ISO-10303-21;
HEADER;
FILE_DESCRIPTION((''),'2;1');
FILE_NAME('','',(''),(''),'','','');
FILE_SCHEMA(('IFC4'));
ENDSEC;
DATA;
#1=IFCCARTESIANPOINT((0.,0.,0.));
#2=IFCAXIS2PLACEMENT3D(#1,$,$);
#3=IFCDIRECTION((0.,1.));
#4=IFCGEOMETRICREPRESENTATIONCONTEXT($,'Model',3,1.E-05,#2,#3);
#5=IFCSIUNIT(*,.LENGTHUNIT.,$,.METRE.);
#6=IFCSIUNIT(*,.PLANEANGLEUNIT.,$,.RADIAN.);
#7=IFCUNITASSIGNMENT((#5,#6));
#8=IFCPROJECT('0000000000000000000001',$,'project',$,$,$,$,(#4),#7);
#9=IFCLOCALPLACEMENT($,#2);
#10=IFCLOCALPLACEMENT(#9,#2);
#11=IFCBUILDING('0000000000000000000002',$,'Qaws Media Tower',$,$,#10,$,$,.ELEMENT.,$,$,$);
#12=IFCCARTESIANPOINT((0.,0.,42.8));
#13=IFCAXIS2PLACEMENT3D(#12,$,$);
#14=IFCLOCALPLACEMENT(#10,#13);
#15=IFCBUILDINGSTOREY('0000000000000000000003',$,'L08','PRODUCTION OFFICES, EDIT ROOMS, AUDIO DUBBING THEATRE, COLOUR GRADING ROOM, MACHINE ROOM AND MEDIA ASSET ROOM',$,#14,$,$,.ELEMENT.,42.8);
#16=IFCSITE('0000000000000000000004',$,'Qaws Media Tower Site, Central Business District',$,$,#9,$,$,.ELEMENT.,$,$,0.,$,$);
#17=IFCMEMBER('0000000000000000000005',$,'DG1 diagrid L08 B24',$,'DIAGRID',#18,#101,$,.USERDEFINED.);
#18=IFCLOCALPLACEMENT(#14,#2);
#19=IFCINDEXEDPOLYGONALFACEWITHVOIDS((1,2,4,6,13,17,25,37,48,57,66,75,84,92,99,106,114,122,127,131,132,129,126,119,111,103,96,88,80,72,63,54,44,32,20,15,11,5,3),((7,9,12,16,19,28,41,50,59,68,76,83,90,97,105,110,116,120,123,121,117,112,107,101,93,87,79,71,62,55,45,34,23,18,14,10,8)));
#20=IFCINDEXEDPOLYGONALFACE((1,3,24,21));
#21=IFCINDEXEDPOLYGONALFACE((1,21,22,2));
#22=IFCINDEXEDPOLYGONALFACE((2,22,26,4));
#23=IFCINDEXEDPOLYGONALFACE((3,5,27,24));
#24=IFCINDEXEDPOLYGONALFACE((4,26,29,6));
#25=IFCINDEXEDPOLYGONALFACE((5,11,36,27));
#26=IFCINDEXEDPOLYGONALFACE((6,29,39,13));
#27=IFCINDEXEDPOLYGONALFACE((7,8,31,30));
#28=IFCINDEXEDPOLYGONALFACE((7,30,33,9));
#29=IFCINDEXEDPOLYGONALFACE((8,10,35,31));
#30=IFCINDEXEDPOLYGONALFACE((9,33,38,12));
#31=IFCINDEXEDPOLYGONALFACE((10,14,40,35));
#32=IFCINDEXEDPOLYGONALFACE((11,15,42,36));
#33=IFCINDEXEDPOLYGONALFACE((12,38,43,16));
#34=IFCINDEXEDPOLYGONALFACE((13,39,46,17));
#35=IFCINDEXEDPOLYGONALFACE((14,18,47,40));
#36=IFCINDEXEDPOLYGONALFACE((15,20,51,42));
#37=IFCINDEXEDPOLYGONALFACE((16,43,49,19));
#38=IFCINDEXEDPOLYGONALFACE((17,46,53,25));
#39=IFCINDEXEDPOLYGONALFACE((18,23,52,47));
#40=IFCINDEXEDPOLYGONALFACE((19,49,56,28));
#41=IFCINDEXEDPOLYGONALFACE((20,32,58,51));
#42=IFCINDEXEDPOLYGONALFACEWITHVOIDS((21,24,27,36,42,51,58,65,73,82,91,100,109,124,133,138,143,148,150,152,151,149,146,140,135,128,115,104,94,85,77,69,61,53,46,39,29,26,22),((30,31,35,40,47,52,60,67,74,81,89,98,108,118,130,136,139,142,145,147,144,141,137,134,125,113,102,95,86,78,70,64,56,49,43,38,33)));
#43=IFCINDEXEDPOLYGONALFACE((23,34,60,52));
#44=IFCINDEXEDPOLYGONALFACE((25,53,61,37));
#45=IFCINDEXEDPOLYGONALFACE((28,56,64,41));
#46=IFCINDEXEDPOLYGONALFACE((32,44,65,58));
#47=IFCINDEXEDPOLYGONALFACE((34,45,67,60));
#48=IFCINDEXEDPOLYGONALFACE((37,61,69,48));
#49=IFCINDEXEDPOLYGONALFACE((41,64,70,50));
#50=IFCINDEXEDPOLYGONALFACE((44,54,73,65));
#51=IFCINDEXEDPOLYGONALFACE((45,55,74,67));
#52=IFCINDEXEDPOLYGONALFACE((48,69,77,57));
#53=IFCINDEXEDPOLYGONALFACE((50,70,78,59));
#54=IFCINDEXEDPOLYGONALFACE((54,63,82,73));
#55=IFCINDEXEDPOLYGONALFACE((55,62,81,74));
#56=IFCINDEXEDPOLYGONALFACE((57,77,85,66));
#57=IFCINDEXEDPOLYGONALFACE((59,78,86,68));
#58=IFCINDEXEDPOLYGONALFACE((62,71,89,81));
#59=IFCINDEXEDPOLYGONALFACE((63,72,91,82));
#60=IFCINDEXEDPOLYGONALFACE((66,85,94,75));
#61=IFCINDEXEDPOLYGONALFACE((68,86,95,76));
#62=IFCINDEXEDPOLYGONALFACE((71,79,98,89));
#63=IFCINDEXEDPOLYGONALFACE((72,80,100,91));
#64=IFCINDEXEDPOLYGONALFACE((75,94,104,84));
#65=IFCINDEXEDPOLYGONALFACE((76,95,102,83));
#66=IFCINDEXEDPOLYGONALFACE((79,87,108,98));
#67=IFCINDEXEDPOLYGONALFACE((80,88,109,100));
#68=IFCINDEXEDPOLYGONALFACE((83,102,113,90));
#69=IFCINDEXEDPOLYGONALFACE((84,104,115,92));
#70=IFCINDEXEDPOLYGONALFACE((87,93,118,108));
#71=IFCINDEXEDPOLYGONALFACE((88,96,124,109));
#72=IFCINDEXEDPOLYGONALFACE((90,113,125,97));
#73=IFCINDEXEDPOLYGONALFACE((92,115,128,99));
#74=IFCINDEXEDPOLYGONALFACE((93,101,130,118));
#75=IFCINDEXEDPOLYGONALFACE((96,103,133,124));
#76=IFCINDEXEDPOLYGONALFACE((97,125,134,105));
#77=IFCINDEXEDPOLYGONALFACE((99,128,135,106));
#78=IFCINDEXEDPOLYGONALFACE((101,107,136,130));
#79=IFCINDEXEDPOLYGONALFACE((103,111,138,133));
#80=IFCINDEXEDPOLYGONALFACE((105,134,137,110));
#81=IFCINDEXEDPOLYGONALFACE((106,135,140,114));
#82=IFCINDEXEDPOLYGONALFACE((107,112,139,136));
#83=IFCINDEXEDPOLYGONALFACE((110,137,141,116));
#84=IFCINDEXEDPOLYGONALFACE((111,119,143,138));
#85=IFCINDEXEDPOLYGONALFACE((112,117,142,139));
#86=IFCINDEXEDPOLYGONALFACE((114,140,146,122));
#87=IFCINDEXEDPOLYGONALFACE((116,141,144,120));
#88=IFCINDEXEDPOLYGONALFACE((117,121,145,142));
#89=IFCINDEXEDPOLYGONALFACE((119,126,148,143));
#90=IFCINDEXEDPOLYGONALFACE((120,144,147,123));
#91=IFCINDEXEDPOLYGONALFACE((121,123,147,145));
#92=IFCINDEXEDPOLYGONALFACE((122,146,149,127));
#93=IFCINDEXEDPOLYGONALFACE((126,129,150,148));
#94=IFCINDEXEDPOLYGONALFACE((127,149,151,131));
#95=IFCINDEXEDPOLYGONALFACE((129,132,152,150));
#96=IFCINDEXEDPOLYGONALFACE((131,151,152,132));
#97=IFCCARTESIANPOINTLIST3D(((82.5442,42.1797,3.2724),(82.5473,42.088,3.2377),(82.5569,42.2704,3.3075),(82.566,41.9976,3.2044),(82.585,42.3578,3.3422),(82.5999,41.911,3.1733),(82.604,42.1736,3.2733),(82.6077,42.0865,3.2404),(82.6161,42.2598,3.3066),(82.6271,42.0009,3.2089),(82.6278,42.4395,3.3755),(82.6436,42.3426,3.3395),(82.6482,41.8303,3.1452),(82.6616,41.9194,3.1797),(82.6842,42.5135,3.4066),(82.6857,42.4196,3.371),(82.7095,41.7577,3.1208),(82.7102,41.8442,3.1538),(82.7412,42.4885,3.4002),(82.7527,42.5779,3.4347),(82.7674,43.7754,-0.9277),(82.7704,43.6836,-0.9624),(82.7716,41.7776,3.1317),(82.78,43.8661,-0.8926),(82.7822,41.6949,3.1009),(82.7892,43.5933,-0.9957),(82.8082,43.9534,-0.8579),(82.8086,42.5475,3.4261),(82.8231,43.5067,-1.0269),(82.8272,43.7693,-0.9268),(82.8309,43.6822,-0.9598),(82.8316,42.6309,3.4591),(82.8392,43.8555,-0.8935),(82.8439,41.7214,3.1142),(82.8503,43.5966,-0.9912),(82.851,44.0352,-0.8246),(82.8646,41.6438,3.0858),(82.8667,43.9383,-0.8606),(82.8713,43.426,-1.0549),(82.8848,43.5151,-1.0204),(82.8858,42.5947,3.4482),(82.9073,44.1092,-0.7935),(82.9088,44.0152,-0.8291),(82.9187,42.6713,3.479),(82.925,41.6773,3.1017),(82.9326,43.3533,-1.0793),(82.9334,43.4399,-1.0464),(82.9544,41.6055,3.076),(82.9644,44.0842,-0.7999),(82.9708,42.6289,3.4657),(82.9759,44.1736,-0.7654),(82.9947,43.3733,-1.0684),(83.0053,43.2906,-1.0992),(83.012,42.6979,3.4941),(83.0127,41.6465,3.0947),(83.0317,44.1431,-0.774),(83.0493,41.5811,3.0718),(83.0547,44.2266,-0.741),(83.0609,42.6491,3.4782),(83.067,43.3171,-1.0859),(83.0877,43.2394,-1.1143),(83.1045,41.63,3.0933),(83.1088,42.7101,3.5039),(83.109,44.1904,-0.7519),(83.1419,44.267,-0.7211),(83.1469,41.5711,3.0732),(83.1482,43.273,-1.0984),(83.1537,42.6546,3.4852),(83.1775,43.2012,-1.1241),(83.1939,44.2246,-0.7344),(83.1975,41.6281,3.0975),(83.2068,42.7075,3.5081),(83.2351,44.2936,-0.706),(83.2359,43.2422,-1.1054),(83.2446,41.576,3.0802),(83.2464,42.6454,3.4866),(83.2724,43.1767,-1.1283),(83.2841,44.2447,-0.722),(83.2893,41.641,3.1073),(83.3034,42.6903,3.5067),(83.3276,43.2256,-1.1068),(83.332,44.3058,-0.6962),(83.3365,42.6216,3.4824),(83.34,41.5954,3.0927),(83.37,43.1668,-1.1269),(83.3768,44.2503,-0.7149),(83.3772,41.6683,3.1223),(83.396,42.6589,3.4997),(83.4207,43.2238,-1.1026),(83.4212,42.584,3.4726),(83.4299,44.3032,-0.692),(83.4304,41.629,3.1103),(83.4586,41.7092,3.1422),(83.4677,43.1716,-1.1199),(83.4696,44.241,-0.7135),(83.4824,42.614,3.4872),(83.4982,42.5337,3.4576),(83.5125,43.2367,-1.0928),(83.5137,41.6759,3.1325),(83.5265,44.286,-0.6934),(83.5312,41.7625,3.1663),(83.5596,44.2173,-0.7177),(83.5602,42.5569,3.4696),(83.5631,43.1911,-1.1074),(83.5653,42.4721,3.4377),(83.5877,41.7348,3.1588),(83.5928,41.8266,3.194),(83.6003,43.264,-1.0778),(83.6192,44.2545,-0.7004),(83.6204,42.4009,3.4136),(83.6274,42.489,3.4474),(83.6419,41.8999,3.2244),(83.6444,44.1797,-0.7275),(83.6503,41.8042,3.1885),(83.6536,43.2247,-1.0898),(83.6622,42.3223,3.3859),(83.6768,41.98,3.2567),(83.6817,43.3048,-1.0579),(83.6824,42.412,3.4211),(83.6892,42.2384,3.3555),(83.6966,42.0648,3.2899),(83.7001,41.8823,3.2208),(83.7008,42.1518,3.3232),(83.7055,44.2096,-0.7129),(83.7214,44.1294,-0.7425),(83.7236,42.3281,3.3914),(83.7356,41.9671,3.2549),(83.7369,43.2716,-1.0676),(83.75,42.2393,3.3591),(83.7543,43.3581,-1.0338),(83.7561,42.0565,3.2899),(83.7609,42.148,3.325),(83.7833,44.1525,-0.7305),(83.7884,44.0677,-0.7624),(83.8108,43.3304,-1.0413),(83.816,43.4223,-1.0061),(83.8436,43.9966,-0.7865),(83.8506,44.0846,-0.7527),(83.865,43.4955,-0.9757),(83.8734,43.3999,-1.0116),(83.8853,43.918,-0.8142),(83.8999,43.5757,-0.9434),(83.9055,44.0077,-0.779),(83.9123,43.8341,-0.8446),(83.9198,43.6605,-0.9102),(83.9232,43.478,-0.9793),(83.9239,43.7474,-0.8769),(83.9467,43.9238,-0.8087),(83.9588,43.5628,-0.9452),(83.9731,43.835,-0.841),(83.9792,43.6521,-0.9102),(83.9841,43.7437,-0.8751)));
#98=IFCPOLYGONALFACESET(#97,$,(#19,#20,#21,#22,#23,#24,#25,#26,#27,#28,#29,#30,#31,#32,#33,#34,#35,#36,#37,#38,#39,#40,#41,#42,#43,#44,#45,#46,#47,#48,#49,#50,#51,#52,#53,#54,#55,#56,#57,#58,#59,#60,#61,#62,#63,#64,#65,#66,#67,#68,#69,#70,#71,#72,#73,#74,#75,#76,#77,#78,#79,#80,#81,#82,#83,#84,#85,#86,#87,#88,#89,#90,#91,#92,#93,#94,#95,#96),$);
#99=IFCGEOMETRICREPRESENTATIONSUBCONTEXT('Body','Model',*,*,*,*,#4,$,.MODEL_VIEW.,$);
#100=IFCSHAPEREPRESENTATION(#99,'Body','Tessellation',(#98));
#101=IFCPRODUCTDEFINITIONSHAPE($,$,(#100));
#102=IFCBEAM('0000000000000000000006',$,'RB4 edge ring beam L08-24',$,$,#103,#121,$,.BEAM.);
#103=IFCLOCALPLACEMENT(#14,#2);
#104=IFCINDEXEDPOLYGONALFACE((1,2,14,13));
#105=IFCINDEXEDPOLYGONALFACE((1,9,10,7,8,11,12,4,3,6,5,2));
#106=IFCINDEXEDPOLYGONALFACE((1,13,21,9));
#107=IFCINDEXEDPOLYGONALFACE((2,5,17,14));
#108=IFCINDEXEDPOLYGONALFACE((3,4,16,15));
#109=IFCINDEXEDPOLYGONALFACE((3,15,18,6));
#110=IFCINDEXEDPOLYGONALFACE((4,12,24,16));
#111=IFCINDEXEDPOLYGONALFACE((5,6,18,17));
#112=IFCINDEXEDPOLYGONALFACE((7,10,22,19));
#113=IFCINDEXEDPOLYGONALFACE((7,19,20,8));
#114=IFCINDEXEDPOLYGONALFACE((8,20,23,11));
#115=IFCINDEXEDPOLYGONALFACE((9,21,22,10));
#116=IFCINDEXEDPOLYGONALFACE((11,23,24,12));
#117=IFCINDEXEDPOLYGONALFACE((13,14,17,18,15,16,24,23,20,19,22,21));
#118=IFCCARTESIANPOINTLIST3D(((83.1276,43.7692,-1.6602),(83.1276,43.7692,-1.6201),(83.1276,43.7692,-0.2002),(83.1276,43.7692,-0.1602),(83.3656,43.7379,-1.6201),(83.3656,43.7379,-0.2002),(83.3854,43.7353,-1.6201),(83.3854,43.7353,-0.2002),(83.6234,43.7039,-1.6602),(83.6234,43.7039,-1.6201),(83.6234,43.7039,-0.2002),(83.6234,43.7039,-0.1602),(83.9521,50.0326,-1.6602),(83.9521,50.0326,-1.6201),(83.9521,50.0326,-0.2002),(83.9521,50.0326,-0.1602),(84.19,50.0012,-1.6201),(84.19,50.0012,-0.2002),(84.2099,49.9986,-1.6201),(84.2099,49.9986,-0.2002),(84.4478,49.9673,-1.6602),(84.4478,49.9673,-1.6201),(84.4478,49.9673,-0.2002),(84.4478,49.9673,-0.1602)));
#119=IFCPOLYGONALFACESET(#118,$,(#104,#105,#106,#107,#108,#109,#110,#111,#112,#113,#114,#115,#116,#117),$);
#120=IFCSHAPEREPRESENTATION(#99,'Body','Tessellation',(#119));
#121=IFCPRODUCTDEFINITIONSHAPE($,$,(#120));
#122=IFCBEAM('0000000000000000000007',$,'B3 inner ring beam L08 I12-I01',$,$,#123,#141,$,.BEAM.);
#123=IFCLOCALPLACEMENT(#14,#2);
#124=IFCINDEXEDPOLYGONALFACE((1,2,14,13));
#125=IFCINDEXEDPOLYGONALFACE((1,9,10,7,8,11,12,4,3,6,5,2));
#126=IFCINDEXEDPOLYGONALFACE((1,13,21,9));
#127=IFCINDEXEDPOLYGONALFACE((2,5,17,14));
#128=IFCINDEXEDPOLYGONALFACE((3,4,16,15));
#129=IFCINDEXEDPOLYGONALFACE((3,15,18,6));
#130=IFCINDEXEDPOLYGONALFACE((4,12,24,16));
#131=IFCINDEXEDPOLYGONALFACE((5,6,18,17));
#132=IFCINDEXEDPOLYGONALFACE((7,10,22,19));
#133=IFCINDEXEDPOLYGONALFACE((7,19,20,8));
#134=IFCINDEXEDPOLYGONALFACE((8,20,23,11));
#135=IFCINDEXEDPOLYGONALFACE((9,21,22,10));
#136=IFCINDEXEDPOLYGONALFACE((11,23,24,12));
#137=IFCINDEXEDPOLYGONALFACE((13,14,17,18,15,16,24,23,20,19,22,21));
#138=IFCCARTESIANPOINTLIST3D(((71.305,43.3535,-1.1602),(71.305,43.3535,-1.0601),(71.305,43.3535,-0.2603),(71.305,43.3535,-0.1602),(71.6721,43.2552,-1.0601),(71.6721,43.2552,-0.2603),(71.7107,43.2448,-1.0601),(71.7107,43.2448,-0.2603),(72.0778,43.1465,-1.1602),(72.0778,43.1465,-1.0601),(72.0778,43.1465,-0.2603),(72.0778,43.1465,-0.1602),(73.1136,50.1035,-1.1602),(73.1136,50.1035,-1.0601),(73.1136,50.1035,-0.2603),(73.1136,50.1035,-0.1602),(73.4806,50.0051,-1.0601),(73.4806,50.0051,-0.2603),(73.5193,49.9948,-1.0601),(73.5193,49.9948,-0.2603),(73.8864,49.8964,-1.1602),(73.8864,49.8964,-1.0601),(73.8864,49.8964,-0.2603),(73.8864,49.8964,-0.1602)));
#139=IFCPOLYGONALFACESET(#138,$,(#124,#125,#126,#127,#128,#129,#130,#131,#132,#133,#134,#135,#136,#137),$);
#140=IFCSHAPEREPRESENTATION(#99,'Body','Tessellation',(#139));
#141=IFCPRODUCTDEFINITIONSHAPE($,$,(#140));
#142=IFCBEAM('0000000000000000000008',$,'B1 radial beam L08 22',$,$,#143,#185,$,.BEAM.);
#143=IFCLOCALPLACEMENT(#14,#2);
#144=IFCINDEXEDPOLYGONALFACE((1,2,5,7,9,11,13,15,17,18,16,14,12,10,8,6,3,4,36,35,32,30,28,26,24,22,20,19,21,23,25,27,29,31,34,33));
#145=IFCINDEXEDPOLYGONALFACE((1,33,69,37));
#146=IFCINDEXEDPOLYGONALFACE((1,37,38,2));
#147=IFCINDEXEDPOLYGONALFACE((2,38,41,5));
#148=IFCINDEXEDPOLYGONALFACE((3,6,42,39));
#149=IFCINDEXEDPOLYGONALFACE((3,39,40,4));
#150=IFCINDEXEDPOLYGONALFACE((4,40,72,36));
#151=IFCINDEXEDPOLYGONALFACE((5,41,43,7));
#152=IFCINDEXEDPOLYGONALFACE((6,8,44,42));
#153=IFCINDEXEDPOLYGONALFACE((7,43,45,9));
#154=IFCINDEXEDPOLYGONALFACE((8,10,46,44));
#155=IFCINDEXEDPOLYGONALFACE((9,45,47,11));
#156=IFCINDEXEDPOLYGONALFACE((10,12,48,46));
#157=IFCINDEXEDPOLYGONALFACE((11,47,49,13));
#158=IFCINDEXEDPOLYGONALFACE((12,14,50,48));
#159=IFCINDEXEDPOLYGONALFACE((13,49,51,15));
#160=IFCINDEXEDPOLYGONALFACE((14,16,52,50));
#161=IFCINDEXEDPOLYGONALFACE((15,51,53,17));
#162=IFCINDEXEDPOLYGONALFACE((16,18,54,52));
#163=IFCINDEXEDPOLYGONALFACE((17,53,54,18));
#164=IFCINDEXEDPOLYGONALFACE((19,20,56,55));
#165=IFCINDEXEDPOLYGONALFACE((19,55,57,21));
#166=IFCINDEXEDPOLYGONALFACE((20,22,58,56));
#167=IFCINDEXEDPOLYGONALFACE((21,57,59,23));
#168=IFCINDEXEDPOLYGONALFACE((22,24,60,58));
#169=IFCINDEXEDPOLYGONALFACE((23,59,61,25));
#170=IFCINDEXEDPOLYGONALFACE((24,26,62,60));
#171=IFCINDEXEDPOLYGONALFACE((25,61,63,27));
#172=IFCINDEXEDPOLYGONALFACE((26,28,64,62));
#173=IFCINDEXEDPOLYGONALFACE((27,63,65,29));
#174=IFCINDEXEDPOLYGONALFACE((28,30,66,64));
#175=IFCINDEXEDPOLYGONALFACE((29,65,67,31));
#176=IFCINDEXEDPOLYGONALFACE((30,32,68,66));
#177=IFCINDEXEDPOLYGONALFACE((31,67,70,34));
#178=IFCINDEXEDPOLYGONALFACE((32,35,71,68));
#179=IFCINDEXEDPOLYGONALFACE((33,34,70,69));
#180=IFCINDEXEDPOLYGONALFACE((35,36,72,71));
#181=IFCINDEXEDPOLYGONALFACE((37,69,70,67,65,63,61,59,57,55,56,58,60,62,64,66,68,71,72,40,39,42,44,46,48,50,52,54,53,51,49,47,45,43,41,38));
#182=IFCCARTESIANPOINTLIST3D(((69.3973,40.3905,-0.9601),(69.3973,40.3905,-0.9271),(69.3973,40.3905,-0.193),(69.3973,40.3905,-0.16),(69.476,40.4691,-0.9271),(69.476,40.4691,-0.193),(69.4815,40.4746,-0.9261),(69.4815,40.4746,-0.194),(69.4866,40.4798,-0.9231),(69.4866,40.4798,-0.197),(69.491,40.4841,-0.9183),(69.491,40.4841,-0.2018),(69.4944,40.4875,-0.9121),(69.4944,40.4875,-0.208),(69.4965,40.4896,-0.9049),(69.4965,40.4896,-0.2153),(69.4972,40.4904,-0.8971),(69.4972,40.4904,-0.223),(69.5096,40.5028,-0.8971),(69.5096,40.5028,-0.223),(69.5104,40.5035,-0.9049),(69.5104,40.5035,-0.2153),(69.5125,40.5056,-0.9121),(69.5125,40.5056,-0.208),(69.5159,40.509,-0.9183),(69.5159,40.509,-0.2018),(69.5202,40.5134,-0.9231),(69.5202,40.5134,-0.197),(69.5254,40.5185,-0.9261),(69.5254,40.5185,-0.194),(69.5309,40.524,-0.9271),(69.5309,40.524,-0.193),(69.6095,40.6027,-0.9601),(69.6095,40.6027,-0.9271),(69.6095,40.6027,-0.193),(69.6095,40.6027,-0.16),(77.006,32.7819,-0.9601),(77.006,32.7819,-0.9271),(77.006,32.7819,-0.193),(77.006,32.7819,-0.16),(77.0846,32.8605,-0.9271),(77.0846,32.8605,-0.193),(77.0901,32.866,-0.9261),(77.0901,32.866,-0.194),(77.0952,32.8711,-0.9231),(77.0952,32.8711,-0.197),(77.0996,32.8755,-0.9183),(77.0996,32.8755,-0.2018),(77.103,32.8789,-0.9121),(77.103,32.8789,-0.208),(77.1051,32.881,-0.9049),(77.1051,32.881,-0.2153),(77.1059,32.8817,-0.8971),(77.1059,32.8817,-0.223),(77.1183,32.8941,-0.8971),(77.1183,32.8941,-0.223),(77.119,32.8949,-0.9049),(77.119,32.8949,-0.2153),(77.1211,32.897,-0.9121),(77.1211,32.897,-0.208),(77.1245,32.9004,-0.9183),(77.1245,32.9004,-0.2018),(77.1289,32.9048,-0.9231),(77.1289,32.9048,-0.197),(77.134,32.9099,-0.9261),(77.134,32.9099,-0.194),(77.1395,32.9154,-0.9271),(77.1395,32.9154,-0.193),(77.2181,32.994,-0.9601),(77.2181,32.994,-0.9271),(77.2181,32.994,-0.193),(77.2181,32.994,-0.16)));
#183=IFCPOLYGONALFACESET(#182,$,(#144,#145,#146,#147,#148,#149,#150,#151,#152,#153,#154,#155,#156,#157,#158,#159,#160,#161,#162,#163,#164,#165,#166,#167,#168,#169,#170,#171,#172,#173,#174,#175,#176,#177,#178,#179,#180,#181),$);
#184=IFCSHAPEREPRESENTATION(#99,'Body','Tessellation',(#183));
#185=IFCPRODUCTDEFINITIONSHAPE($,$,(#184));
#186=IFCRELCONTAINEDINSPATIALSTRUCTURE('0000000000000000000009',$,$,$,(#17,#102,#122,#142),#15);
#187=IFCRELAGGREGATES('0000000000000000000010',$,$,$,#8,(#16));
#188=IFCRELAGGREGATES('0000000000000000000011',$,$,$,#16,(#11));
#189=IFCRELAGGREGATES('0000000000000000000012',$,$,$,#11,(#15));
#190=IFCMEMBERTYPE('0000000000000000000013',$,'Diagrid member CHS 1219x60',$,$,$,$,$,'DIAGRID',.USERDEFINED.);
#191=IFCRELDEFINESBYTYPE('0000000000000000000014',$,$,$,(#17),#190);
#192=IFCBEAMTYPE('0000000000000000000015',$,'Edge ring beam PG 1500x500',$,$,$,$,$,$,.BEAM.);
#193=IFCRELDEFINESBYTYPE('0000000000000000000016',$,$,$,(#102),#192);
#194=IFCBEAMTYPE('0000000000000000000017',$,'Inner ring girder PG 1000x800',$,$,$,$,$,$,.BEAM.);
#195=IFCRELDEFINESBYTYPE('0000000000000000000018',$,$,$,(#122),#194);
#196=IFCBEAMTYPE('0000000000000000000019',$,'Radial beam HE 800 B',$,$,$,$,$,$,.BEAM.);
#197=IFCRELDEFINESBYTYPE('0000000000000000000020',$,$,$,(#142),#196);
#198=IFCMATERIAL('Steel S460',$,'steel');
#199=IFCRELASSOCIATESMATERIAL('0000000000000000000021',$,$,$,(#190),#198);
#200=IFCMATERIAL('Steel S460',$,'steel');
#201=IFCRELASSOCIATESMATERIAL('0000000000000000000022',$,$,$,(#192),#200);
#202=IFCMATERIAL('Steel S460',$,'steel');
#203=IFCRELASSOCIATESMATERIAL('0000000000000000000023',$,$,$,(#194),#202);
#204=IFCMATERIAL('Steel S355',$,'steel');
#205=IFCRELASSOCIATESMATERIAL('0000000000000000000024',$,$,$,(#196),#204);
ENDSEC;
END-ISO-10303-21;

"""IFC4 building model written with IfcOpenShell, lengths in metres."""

from ifc_helpers import new_model, si_unit, direction, frame, origin, origin_2d, place, context, subcontext, project, spatial, hollow_circle, i_section, extrude, material, material_profile, profile_set, type_object, element, save


model = new_model("IFC4")

# Units and contexts
model_context = context("Model", 3, precision=1e-05, world=origin(), true_north=direction((0.0, 1.0)))
body_context = subcontext(model_context, "Body", "Model", "MODEL_VIEW")
ifc_project = project(units=[si_unit("LENGTHUNIT", "METRE"), si_unit("PLANEANGLEUNIT", "RADIAN")], contexts=[model_context])

# Site, building, storey
site_placement = place(None, origin())
site = spatial("IfcSite", under=ifc_project, at=site_placement, Name="Qaws Media Tower Site, Central Business District", CompositionType="ELEMENT", RefElevation=0.0)
building_placement = place(site_placement, origin())
building = spatial("IfcBuilding", under=site, at=building_placement, Name="Qaws Media Tower", CompositionType="ELEMENT")
storey_placement = place(building_placement, frame((0.0, 0.0, 42.8)))
storey = spatial("IfcBuildingStorey", under=building, at=storey_placement, Name="L08", Description="PRODUCTION OFFICES, EDIT ROOMS, AUDIO DUBBING THEATRE, COLOUR GRADING ROOM, MACHINE ROOM AND MEDIA ASSET ROOM", CompositionType="ELEMENT", Elevation=42.8)

# Member
ifc_material_1 = material(Name="Steel S460", Category="steel")
ifc_material_profile_1 = material_profile(ifc_material_1, hollow_circle(Radius=0.6096, WallThickness=0.0601, at=origin_2d()), Name="CHS 1219x60")
ifc_profile_set_1 = profile_set([ifc_material_profile_1], Name="Steel S460")
member_type_1 = type_object("IfcMemberType", Name="Diagrid member CHS 1219x60", ElementType="DIAGRID", PredefinedType="USERDEFINED", material=ifc_profile_set_1)
for number, where, z_axis, x_axis, name in (
    (1, (83.3755, 43.7366, -0.9102), (-0.049603, -0.354708, 0.93366), (0.990363, -0.138493, 0.0), "DG1 diagrid L08 B24"),
):
    element("IfcMember", number, at=place(storey_placement, frame(where, z_axis=z_axis, x_axis=x_axis)), inside=storey, type_object=member_type_1, Name=name, ObjectType="DIAGRID", PredefinedType="USERDEFINED", context=body_context, shape_type="SweptSolid", body=[
        extrude(hollow_circle(Radius=0.6096, WallThickness=0.0601, at=origin_2d()), origin(), (0.0, 0.0, 1.0), 4.4985),
    ])

# Beams
ifc_material_2 = material(Name="Steel S460", Category="steel")
ifc_material_profile_2 = material_profile(ifc_material_2, i_section(OverallWidth=0.5, OverallDepth=1.5, WebThickness=0.02, FlangeThickness=0.04, at=origin_2d()), Name="PG 1500x500")
ifc_profile_set_2 = profile_set([ifc_material_profile_2], Name="Steel S460")
beam_type_1 = type_object("IfcBeamType", Name="Edge ring beam PG 1500x500", PredefinedType="BEAM", material=ifc_profile_set_2)
beam_1_placement = place(storey_placement, frame((83.3755, 43.7366, -0.9102), z_axis=(0.130505, 0.991448, 0.0), x_axis=(-0.991448, 0.130505, 0.0)))
element("IfcBeam", 2, at=beam_1_placement, inside=storey, type_object=beam_type_1, Name="RB4 edge ring beam L08-24", PredefinedType="BEAM", context=body_context, shape_type="SweptSolid", body=[
    extrude(i_section(OverallWidth=0.5, OverallDepth=1.5, WebThickness=0.02, FlangeThickness=0.04, at=origin_2d()), origin(), (0.0, 0.0, 1.0), 6.3174),
])
ifc_material_3 = material(Name="Steel S460", Category="steel")
ifc_material_profile_3 = material_profile(ifc_material_3, i_section(OverallWidth=0.8, OverallDepth=1.0, WebThickness=0.04, FlangeThickness=0.1001, at=origin_2d()), Name="PG 1000x800")
ifc_profile_set_3 = profile_set([ifc_material_profile_3], Name="Steel S460")
beam_type_2 = type_object("IfcBeamType", Name="Inner ring girder PG 1000x800", PredefinedType="BEAM", material=ifc_profile_set_3)
beam_2_placement = place(storey_placement, frame((71.6914, 43.25, -0.6602), z_axis=(0.258811, 0.965928, 0.0), x_axis=(-0.965928, 0.258811, 0.0)))
element("IfcBeam", 3, at=beam_2_placement, inside=storey, type_object=beam_type_2, Name="B3 inner ring beam L08 I12-I01", PredefinedType="BEAM", context=body_context, shape_type="SweptSolid", body=[
    extrude(i_section(OverallWidth=0.8, OverallDepth=1.0, WebThickness=0.04, FlangeThickness=0.1001, at=origin_2d()), origin(), (0.0, 0.0, 1.0), 6.988),
])
ifc_material_4 = material(Name="Steel S355", Category="steel")
ifc_material_profile_4 = material_profile(ifc_material_4, i_section(OverallWidth=0.3, OverallDepth=0.8, WebThickness=0.0176, FlangeThickness=0.033, FilletRadius=0.03, at=origin_2d()), Name="HE 800 B")
ifc_profile_set_4 = profile_set([ifc_material_profile_4], Name="Steel S355")
beam_type_3 = type_object("IfcBeamType", Name="Radial beam HE 800 B", PredefinedType="BEAM", material=ifc_profile_set_4)
beam_3_placement = place(storey_placement, frame((69.5034, 40.4966, -0.5601), z_axis=(0.707107, -0.707107, 0.0), x_axis=(0.707107, 0.707107, 0.0)))
element("IfcBeam", 4, at=beam_3_placement, inside=storey, type_object=beam_type_3, Name="B1 radial beam L08 22", PredefinedType="BEAM", context=body_context, shape_type="SweptSolid", body=[
    extrude(i_section(OverallWidth=0.3, OverallDepth=0.8, WebThickness=0.0176, FlangeThickness=0.033, FilletRadius=0.03, at=origin_2d()), origin(), (0.0, 0.0, 1.0), 10.7603),
])

save(model, "model.ifc")
